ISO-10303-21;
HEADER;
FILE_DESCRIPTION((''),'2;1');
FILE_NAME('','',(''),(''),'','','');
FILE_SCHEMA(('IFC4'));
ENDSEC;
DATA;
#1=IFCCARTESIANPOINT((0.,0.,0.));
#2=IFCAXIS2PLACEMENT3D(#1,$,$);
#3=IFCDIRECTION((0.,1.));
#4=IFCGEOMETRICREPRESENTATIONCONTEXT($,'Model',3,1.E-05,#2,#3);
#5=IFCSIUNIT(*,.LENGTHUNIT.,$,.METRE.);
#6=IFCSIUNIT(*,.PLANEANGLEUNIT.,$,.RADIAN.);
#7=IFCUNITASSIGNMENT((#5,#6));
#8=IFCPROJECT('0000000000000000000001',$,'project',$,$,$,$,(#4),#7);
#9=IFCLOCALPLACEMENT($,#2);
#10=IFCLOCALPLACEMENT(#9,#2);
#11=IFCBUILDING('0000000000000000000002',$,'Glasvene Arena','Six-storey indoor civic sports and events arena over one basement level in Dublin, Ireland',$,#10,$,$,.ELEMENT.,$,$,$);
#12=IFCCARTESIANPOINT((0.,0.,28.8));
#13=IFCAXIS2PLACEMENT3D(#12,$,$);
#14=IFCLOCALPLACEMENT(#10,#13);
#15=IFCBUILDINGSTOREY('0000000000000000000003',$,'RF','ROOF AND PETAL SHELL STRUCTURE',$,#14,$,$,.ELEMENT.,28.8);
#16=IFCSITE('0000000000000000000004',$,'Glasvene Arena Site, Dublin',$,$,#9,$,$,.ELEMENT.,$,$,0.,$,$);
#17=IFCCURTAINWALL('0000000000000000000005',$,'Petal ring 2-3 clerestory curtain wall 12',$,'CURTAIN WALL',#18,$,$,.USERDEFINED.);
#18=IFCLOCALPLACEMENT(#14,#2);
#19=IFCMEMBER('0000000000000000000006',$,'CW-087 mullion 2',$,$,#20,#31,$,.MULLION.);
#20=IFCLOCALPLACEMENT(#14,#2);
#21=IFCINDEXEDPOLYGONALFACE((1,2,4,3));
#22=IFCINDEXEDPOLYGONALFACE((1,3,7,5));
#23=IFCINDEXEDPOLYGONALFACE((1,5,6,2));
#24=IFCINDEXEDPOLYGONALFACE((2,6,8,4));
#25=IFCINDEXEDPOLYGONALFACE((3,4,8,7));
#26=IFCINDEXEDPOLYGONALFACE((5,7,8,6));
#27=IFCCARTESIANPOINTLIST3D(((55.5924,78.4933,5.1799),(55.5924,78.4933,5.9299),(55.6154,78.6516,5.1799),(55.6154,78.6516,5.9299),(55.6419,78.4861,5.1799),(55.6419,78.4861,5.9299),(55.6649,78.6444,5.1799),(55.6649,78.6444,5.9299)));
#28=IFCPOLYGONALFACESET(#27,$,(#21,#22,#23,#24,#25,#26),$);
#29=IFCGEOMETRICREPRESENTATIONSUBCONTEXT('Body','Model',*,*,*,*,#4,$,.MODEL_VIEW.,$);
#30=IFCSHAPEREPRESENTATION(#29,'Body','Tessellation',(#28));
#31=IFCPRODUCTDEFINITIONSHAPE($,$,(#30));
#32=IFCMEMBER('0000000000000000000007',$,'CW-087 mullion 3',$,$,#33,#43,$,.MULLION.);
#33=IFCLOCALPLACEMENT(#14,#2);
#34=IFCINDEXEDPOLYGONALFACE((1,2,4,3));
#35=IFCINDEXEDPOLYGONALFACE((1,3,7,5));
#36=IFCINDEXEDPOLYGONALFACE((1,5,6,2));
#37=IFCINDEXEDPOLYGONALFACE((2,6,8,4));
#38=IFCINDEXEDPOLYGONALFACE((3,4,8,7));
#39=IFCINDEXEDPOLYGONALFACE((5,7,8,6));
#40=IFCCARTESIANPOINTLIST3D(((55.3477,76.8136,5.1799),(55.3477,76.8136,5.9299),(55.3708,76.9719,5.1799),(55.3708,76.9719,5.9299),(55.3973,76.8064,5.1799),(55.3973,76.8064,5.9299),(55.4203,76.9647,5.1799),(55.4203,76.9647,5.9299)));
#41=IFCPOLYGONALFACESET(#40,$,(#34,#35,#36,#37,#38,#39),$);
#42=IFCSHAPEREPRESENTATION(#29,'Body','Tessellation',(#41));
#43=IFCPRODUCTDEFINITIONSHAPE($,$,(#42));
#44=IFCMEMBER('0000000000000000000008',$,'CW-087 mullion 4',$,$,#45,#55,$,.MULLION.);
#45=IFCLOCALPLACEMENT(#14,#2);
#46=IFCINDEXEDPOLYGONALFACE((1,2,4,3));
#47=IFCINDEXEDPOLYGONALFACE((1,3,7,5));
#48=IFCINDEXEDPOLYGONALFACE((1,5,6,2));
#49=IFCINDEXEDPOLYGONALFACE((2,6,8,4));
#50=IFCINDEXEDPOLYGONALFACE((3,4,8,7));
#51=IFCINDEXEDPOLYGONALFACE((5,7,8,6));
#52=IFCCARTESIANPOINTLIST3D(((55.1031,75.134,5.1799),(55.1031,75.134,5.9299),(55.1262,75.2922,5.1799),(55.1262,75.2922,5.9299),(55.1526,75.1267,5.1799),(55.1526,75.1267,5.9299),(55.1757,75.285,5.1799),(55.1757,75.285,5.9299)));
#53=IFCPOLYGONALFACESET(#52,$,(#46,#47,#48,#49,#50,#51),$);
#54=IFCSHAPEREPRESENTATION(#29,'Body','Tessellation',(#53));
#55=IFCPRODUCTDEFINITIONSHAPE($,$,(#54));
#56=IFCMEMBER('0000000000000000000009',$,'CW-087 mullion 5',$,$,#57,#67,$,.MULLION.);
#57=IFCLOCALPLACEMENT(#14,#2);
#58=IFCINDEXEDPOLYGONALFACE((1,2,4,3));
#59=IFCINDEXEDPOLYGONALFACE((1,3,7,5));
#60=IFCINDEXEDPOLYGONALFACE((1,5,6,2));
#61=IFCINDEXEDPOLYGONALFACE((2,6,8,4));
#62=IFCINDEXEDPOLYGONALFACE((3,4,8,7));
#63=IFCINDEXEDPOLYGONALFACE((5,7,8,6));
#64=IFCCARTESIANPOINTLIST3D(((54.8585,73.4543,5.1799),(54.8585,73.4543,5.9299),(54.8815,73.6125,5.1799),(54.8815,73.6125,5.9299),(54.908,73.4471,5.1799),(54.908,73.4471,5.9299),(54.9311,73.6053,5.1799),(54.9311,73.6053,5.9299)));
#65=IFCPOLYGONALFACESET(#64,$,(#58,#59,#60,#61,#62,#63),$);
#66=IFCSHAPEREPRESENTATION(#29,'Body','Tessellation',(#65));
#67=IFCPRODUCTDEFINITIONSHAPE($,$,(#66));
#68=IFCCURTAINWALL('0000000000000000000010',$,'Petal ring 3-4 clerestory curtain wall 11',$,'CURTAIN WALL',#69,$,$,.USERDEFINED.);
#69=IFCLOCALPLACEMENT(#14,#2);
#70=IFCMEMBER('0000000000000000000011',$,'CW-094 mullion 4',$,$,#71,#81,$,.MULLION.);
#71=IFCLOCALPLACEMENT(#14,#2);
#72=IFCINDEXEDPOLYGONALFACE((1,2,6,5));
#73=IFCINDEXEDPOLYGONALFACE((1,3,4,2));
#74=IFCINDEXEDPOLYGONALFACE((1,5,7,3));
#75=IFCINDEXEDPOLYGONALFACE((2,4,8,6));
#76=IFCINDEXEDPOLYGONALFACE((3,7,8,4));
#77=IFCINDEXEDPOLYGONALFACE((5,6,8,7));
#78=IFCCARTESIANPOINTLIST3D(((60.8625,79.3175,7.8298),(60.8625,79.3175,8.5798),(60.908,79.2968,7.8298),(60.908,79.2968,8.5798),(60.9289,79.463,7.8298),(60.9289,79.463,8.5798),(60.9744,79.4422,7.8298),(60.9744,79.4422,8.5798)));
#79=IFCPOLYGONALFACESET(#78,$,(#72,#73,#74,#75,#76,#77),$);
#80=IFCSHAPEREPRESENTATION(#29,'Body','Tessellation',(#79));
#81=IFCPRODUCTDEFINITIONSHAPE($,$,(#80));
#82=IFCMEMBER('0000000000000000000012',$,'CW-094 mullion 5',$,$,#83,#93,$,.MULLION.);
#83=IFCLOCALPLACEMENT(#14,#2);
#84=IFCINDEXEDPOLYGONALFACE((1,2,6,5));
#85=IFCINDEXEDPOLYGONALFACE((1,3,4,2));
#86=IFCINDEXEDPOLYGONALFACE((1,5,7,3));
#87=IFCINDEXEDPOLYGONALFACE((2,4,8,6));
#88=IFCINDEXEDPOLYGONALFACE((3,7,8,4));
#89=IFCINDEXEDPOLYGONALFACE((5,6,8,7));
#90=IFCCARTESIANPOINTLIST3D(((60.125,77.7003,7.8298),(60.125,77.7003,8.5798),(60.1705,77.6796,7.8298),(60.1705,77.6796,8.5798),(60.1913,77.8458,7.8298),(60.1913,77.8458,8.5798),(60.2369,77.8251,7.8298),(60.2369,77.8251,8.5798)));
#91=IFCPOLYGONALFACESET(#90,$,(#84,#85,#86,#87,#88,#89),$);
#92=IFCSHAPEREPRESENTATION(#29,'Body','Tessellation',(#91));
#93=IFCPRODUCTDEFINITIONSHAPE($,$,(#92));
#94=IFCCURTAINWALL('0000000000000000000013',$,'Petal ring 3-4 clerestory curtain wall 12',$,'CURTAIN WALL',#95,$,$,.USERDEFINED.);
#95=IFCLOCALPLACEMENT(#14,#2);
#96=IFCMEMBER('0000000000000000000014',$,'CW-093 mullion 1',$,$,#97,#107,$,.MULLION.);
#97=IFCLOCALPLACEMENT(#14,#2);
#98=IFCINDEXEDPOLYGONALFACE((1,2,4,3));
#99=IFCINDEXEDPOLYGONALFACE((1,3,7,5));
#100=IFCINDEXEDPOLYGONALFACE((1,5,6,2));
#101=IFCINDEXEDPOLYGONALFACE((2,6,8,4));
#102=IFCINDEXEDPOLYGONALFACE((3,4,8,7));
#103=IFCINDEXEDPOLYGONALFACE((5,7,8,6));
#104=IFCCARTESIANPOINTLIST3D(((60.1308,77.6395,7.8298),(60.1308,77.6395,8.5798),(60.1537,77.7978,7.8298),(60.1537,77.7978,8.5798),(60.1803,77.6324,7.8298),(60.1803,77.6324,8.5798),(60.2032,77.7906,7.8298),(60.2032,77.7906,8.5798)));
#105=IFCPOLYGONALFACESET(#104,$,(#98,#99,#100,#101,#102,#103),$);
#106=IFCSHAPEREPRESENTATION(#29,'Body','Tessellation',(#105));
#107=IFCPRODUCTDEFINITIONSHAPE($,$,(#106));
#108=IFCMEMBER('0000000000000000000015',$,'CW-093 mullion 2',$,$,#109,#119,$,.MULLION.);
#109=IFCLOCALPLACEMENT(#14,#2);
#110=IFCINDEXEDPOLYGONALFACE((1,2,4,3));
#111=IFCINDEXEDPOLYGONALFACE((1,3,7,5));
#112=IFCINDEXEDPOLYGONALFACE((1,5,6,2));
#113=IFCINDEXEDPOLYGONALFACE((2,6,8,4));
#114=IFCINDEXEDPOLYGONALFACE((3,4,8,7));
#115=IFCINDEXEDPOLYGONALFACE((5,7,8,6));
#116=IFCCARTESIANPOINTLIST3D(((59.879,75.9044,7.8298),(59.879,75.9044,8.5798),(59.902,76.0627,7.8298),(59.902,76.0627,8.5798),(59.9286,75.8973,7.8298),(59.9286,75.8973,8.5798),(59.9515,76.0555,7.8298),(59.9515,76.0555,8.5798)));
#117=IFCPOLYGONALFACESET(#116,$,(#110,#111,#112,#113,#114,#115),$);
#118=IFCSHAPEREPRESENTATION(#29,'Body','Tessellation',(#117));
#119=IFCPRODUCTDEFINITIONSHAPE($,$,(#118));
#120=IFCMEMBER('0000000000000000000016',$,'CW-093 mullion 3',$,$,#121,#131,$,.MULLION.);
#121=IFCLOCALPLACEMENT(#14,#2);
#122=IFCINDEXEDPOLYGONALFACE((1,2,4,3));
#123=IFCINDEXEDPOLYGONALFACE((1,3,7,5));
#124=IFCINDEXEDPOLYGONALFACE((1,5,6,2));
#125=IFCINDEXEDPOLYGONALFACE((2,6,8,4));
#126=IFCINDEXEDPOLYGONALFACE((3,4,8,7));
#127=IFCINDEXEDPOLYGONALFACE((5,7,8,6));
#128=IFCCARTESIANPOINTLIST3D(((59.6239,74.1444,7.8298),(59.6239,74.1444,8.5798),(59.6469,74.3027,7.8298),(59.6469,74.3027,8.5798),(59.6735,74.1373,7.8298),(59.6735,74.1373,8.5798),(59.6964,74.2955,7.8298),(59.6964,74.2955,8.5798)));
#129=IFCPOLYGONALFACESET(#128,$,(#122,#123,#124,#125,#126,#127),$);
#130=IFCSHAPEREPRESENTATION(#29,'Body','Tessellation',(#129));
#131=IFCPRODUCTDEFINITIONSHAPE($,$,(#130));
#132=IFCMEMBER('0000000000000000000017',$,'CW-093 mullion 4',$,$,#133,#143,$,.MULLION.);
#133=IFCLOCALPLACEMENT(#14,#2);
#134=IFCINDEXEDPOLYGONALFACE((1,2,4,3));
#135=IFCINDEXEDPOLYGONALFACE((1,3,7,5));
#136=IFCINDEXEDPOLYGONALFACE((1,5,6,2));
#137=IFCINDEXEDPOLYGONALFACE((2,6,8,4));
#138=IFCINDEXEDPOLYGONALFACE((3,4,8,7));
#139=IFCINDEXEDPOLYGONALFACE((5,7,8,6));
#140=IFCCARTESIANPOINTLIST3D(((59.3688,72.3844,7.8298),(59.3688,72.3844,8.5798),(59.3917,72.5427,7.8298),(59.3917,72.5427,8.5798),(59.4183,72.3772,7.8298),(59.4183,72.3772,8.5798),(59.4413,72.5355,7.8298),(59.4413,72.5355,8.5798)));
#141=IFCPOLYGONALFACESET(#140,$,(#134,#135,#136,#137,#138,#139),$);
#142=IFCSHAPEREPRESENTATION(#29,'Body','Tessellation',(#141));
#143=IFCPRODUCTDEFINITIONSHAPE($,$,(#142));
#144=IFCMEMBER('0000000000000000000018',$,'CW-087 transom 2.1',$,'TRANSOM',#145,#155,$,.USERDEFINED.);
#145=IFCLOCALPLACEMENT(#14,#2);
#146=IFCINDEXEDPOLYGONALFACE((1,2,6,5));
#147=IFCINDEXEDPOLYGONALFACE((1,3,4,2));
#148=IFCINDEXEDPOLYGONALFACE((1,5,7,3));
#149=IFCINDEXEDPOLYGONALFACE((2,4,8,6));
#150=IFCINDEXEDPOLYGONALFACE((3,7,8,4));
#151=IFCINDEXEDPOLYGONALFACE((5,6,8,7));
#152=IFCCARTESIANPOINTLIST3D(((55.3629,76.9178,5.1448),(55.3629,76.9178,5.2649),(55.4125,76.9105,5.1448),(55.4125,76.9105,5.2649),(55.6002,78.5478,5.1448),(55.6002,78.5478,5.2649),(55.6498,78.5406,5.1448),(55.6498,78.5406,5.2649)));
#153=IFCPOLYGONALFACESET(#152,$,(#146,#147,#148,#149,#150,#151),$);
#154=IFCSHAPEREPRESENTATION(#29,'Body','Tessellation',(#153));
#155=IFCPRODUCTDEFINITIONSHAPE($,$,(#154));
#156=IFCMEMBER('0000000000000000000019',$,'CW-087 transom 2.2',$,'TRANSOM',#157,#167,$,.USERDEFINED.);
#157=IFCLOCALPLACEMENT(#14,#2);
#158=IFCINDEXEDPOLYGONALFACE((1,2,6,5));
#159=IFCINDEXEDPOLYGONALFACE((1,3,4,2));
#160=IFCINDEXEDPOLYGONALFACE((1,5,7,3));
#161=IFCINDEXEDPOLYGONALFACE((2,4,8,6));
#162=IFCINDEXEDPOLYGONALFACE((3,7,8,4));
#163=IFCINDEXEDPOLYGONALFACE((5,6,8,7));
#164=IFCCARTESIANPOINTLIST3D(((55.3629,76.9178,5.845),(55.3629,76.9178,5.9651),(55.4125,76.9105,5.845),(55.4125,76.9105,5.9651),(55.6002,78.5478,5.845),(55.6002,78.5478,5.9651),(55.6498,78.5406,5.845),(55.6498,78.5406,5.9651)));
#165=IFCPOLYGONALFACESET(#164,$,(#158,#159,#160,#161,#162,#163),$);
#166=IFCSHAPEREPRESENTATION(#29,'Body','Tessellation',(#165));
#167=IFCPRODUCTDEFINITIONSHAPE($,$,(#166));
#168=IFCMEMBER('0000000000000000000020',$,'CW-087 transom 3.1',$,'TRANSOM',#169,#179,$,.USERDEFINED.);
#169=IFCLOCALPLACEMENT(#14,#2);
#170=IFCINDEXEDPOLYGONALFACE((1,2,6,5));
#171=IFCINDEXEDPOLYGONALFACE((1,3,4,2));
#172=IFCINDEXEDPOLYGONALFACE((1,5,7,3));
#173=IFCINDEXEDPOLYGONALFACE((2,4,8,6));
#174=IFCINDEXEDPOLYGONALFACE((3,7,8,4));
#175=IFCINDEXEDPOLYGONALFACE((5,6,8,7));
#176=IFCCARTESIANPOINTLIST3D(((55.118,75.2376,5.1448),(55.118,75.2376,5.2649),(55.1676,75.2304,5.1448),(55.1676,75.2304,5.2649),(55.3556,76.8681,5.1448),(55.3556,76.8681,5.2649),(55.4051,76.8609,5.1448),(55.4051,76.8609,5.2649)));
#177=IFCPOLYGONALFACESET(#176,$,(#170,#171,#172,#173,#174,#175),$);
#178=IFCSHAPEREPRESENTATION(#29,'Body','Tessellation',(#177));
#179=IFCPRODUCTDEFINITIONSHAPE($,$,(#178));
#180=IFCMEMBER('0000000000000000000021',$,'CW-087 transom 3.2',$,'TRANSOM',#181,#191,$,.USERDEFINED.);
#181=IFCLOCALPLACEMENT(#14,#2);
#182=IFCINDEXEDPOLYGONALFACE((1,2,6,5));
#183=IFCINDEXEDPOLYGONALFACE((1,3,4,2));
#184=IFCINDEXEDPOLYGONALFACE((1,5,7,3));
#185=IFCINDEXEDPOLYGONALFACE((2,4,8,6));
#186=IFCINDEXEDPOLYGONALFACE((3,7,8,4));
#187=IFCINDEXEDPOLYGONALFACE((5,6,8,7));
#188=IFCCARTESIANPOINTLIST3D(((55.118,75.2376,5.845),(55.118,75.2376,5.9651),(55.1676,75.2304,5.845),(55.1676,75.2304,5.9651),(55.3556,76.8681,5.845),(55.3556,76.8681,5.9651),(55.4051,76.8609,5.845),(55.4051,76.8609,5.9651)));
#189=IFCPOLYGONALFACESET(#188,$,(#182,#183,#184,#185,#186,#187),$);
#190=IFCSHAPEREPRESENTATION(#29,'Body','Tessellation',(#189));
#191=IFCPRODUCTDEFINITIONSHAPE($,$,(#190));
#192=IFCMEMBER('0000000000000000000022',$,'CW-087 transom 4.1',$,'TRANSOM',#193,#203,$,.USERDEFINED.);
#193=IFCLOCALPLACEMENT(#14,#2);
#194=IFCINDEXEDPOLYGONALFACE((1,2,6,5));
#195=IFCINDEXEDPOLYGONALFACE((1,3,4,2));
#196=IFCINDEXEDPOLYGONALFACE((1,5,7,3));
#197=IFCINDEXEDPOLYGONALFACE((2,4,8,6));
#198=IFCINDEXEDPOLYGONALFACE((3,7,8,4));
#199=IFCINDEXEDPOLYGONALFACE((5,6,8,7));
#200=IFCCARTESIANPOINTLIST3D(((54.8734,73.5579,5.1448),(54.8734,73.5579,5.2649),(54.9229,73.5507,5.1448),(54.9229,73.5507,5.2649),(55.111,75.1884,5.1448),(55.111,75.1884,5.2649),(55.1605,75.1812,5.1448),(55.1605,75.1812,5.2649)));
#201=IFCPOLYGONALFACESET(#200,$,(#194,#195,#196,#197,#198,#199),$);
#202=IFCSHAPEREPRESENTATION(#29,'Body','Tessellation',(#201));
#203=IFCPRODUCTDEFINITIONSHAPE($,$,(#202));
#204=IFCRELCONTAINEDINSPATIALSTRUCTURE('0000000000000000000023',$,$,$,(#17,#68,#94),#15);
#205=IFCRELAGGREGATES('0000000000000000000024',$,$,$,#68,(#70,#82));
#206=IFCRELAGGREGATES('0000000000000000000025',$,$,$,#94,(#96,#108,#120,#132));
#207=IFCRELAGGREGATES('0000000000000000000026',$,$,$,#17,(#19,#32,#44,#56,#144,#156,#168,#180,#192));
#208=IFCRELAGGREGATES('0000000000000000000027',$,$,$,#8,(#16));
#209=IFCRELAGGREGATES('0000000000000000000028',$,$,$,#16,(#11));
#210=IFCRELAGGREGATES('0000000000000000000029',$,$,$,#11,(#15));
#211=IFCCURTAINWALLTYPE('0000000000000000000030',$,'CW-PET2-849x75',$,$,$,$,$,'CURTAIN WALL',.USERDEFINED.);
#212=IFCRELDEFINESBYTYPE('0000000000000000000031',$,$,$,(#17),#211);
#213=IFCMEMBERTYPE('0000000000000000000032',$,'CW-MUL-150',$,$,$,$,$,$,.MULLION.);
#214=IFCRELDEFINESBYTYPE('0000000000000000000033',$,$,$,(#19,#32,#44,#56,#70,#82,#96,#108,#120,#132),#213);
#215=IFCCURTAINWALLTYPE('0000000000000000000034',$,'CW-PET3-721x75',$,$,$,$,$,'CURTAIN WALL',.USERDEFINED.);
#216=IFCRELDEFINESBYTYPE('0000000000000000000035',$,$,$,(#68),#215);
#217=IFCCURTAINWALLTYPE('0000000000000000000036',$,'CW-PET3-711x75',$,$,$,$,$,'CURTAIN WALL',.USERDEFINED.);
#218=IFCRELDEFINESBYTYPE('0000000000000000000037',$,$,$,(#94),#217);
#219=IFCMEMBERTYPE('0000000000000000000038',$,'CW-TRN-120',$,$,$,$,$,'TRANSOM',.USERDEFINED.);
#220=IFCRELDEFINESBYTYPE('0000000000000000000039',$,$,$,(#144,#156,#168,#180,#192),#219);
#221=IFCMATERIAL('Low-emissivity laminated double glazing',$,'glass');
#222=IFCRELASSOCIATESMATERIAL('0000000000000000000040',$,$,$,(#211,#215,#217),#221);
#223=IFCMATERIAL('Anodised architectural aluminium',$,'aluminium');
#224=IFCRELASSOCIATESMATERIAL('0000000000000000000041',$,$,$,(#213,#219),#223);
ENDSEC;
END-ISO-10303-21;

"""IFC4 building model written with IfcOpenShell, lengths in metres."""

from ifc_helpers import new_model, si_unit, direction, frame, origin, origin_2d, place, context, subcontext, project, spatial, rectangle, extrude, material, material_profile, profile_set, type_object, element, aggregate, save


model = new_model("IFC4")

# Units and contexts
model_context = context("Model", 3, precision=1e-05, world=origin(), true_north=direction((0.0, 1.0)))
body_context = subcontext(model_context, "Body", "Model", "MODEL_VIEW")
ifc_project = project(units=[si_unit("LENGTHUNIT", "METRE"), si_unit("PLANEANGLEUNIT", "RADIAN")], contexts=[model_context])

# Site, building, storey
site_placement = place(None, origin())
site = spatial("IfcSite", under=ifc_project, at=site_placement, Name="Glasvene Arena Site, Dublin", CompositionType="ELEMENT", RefElevation=0.0)
building_placement = place(site_placement, origin())
building = spatial("IfcBuilding", under=site, at=building_placement, Name="Glasvene Arena", Description="Six-storey indoor civic sports and events arena over one basement level in Dublin, Ireland", CompositionType="ELEMENT")
storey_placement = place(building_placement, frame((0.0, 0.0, 28.8)))
storey = spatial("IfcBuildingStorey", under=building, at=storey_placement, Name="RF", Description="ROOF AND PETAL SHELL STRUCTURE", CompositionType="ELEMENT", Elevation=28.8)

# Curtain walls, members
ifc_material_1 = material(Name="Low-emissivity laminated double glazing", Category="glass")
curtain_wall_type_1 = type_object("IfcCurtainWallType", Name="CW-PET2-849x75", ElementType="CURTAIN WALL", PredefinedType="USERDEFINED", material=ifc_material_1)
curtain_wall_1_placement = place(storey_placement, frame((55.8733, 80.2488, 0.0)))
curtain_wall_1 = element("IfcCurtainWall", 1, at=curtain_wall_1_placement, inside=storey, type_object=curtain_wall_type_1, Name="Petal ring 2-3 clerestory curtain wall 12", ObjectType="CURTAIN WALL", PredefinedType="USERDEFINED")
ifc_material_2 = material(Name="Anodised architectural aluminium", Category="aluminium")
ifc_material_profile_1 = material_profile(ifc_material_2, rectangle(XDim=0.05, YDim=0.1599, at=origin_2d()), Name="ALU MULLION 50x160")
ifc_profile_set_1 = profile_set([ifc_material_profile_1], Name="Anodised architectural aluminium")
member_type_1 = type_object("IfcMemberType", Name="CW-MUL-150", PredefinedType="MULLION", material=ifc_profile_set_1)
member_1_placement = place(storey_placement, frame((55.6287, 78.5688, 5.1799), z_axis=(0.0, 0.0, 1.0), x_axis=(0.989558, -0.144133, 0.0)))
member_1 = element("IfcMember", 2, at=member_1_placement, type_object=member_type_1, Name="CW-087 mullion 2", PredefinedType="MULLION", context=body_context, shape_type="SweptSolid", body=[
    extrude(rectangle(XDim=0.05, YDim=0.1599, at=origin_2d()), origin(), (0.0, 0.0, 1.0), 0.75),
])
member_2_placement = place(storey_placement, frame((55.384, 76.8892, 5.1799), z_axis=(0.0, 0.0, 1.0), x_axis=(0.989558, -0.144133, 0.0)))
member_2 = element("IfcMember", 3, at=member_2_placement, type_object=member_type_1, Name="CW-087 mullion 3", PredefinedType="MULLION", context=body_context, shape_type="SweptSolid", body=[
    extrude(rectangle(XDim=0.05, YDim=0.1599, at=origin_2d()), origin(), (0.0, 0.0, 1.0), 0.75),
])
member_3_placement = place(storey_placement, frame((55.1394, 75.2095, 5.1799), z_axis=(0.0, 0.0, 1.0), x_axis=(0.989558, -0.144133, 0.0)))
member_3 = element("IfcMember", 4, at=member_3_placement, type_object=member_type_1, Name="CW-087 mullion 4", PredefinedType="MULLION", context=body_context, shape_type="SweptSolid", body=[
    extrude(rectangle(XDim=0.05, YDim=0.1599, at=origin_2d()), origin(), (0.0, 0.0, 1.0), 0.75),
])
member_4_placement = place(storey_placement, frame((54.8948, 73.5298, 5.1799), z_axis=(0.0, 0.0, 1.0), x_axis=(0.989558, -0.144133, 0.0)))
member_4 = element("IfcMember", 5, at=member_4_placement, type_object=member_type_1, Name="CW-087 mullion 5", PredefinedType="MULLION", context=body_context, shape_type="SweptSolid", body=[
    extrude(rectangle(XDim=0.05, YDim=0.1599, at=origin_2d()), origin(), (0.0, 0.0, 1.0), 0.75),
])
curtain_wall_type_2 = type_object("IfcCurtainWallType", Name="CW-PET3-721x75", ElementType="CURTAIN WALL", PredefinedType="USERDEFINED", material=ifc_material_1)
curtain_wall_2_placement = place(storey_placement, frame((63.1626, 84.3, 0.0)))
curtain_wall_2 = element("IfcCurtainWall", 6, at=curtain_wall_2_placement, inside=storey, type_object=curtain_wall_type_2, Name="Petal ring 3-4 clerestory curtain wall 11", ObjectType="CURTAIN WALL", PredefinedType="USERDEFINED")
member_5_placement = place(storey_placement, frame((60.9185, 79.3799, 7.8298), z_axis=(0.0, 0.0, 1.0), x_axis=(0.909836, -0.414968, 0.0)))
member_5 = element("IfcMember", 7, at=member_5_placement, type_object=member_type_1, Name="CW-094 mullion 4", PredefinedType="MULLION", context=body_context, shape_type="SweptSolid", body=[
    extrude(rectangle(XDim=0.05, YDim=0.1599, at=origin_2d()), origin(), (0.0, 0.0, 1.0), 0.75),
])
member_6_placement = place(storey_placement, frame((60.1809, 77.7627, 7.8298), z_axis=(0.0, 0.0, 1.0), x_axis=(0.909836, -0.414968, 0.0)))
member_6 = element("IfcMember", 8, at=member_6_placement, type_object=member_type_1, Name="CW-094 mullion 5", PredefinedType="MULLION", context=body_context, shape_type="SweptSolid", body=[
    extrude(rectangle(XDim=0.05, YDim=0.1599, at=origin_2d()), origin(), (0.0, 0.0, 1.0), 0.75),
])
aggregate(curtain_wall_2, [member_5, member_6])
curtain_wall_type_3 = type_object("IfcCurtainWallType", Name="CW-PET3-711x75", ElementType="CURTAIN WALL", PredefinedType="USERDEFINED", material=ifc_material_1)
curtain_wall_3_placement = place(storey_placement, frame((60.1704, 77.74, 0.0)))
curtain_wall_3 = element("IfcCurtainWall", 9, at=curtain_wall_3_placement, inside=storey, type_object=curtain_wall_type_3, Name="Petal ring 3-4 clerestory curtain wall 12", ObjectType="CURTAIN WALL", PredefinedType="USERDEFINED")
member_7_placement = place(storey_placement, frame((60.167, 77.7151, 7.8298), z_axis=(0.0, 0.0, 1.0), x_axis=(0.989656, -0.14346, 0.0)))
member_7 = element("IfcMember", 10, at=member_7_placement, type_object=member_type_1, Name="CW-093 mullion 1", PredefinedType="MULLION", context=body_context, shape_type="SweptSolid", body=[
    extrude(rectangle(XDim=0.05, YDim=0.1599, at=origin_2d()), origin(), (0.0, 0.0, 1.0), 0.75),
])
member_8_placement = place(storey_placement, frame((59.9153, 75.98, 7.8298), z_axis=(0.0, 0.0, 1.0), x_axis=(0.989656, -0.14346, 0.0)))
member_8 = element("IfcMember", 11, at=member_8_placement, type_object=member_type_1, Name="CW-093 mullion 2", PredefinedType="MULLION", context=body_context, shape_type="SweptSolid", body=[
    extrude(rectangle(XDim=0.05, YDim=0.1599, at=origin_2d()), origin(), (0.0, 0.0, 1.0), 0.75),
])
member_9_placement = place(storey_placement, frame((59.6602, 74.22, 7.8298), z_axis=(0.0, 0.0, 1.0), x_axis=(0.989656, -0.14346, 0.0)))
member_9 = element("IfcMember", 12, at=member_9_placement, type_object=member_type_1, Name="CW-093 mullion 3", PredefinedType="MULLION", context=body_context, shape_type="SweptSolid", body=[
    extrude(rectangle(XDim=0.05, YDim=0.1599, at=origin_2d()), origin(), (0.0, 0.0, 1.0), 0.75),
])
member_10_placement = place(storey_placement, frame((59.405, 72.46, 7.8298), z_axis=(0.0, 0.0, 1.0), x_axis=(0.989656, -0.14346, 0.0)))
member_10 = element("IfcMember", 13, at=member_10_placement, type_object=member_type_1, Name="CW-093 mullion 4", PredefinedType="MULLION", context=body_context, shape_type="SweptSolid", body=[
    extrude(rectangle(XDim=0.05, YDim=0.1599, at=origin_2d()), origin(), (0.0, 0.0, 1.0), 0.75),
])

# Members
ifc_material_profile_2 = material_profile(ifc_material_2, rectangle(XDim=0.05, YDim=0.1201, at=origin_2d()), Name="ALU TRANSOM 50x120")
ifc_profile_set_2 = profile_set([ifc_material_profile_2], Name="Anodised architectural aluminium")
member_type_2 = type_object("IfcMemberType", Name="CW-TRN-120", ElementType="TRANSOM", PredefinedType="USERDEFINED", material=ifc_profile_set_2)
member_11_placement = place(storey_placement, frame((55.625, 78.5442, 5.2048), z_axis=(-0.144056, -0.98957, 0.0), x_axis=(0.98957, -0.144056, 0.0)))
member_11 = element("IfcMember", 14, at=member_11_placement, type_object=member_type_2, Name="CW-087 transom 2.1", ObjectType="TRANSOM", PredefinedType="USERDEFINED", context=body_context, shape_type="SweptSolid", body=[
    extrude(rectangle(XDim=0.05, YDim=0.1201, at=origin_2d()), origin(), (0.0, 0.0, 1.0), 1.6472),
])
member_12_placement = place(storey_placement, frame((55.625, 78.5442, 5.905), z_axis=(-0.144056, -0.98957, 0.0), x_axis=(0.98957, -0.144056, 0.0)))
member_12 = element("IfcMember", 15, at=member_12_placement, type_object=member_type_2, Name="CW-087 transom 2.2", ObjectType="TRANSOM", PredefinedType="USERDEFINED", context=body_context, shape_type="SweptSolid", body=[
    extrude(rectangle(XDim=0.05, YDim=0.1201, at=origin_2d()), origin(), (0.0, 0.0, 1.0), 1.6472),
])
member_13_placement = place(storey_placement, frame((55.3804, 76.8645, 5.2048), z_axis=(-0.14418, -0.989551, 0.0), x_axis=(0.989551, -0.14418, 0.0)))
member_13 = element("IfcMember", 16, at=member_13_placement, type_object=member_type_2, Name="CW-087 transom 3.1", ObjectType="TRANSOM", PredefinedType="USERDEFINED", context=body_context, shape_type="SweptSolid", body=[
    extrude(rectangle(XDim=0.05, YDim=0.1201, at=origin_2d()), origin(), (0.0, 0.0, 1.0), 1.6477),
])
member_14_placement = place(storey_placement, frame((55.3804, 76.8645, 5.905), z_axis=(-0.14418, -0.989551, 0.0), x_axis=(0.989551, -0.14418, 0.0)))
member_14 = element("IfcMember", 17, at=member_14_placement, type_object=member_type_2, Name="CW-087 transom 3.2", ObjectType="TRANSOM", PredefinedType="USERDEFINED", context=body_context, shape_type="SweptSolid", body=[
    extrude(rectangle(XDim=0.05, YDim=0.1201, at=origin_2d()), origin(), (0.0, 0.0, 1.0), 1.6477),
])
member_15_placement = place(storey_placement, frame((55.1357, 75.1848, 5.2048), z_axis=(-0.14418, -0.989551, 0.0), x_axis=(0.989551, -0.14418, 0.0)))
member_15 = element("IfcMember", 18, at=member_15_placement, type_object=member_type_2, Name="CW-087 transom 4.1", ObjectType="TRANSOM", PredefinedType="USERDEFINED", context=body_context, shape_type="SweptSolid", body=[
    extrude(rectangle(XDim=0.05, YDim=0.1201, at=origin_2d()), origin(), (0.0, 0.0, 1.0), 1.6477),
])
aggregate(curtain_wall_3, [member_7, member_8, member_9, member_10])

aggregate(curtain_wall_1, [member_1, member_2, member_3, member_4, member_11, member_12, member_13, member_14, member_15])

save(model, "model.ifc")
